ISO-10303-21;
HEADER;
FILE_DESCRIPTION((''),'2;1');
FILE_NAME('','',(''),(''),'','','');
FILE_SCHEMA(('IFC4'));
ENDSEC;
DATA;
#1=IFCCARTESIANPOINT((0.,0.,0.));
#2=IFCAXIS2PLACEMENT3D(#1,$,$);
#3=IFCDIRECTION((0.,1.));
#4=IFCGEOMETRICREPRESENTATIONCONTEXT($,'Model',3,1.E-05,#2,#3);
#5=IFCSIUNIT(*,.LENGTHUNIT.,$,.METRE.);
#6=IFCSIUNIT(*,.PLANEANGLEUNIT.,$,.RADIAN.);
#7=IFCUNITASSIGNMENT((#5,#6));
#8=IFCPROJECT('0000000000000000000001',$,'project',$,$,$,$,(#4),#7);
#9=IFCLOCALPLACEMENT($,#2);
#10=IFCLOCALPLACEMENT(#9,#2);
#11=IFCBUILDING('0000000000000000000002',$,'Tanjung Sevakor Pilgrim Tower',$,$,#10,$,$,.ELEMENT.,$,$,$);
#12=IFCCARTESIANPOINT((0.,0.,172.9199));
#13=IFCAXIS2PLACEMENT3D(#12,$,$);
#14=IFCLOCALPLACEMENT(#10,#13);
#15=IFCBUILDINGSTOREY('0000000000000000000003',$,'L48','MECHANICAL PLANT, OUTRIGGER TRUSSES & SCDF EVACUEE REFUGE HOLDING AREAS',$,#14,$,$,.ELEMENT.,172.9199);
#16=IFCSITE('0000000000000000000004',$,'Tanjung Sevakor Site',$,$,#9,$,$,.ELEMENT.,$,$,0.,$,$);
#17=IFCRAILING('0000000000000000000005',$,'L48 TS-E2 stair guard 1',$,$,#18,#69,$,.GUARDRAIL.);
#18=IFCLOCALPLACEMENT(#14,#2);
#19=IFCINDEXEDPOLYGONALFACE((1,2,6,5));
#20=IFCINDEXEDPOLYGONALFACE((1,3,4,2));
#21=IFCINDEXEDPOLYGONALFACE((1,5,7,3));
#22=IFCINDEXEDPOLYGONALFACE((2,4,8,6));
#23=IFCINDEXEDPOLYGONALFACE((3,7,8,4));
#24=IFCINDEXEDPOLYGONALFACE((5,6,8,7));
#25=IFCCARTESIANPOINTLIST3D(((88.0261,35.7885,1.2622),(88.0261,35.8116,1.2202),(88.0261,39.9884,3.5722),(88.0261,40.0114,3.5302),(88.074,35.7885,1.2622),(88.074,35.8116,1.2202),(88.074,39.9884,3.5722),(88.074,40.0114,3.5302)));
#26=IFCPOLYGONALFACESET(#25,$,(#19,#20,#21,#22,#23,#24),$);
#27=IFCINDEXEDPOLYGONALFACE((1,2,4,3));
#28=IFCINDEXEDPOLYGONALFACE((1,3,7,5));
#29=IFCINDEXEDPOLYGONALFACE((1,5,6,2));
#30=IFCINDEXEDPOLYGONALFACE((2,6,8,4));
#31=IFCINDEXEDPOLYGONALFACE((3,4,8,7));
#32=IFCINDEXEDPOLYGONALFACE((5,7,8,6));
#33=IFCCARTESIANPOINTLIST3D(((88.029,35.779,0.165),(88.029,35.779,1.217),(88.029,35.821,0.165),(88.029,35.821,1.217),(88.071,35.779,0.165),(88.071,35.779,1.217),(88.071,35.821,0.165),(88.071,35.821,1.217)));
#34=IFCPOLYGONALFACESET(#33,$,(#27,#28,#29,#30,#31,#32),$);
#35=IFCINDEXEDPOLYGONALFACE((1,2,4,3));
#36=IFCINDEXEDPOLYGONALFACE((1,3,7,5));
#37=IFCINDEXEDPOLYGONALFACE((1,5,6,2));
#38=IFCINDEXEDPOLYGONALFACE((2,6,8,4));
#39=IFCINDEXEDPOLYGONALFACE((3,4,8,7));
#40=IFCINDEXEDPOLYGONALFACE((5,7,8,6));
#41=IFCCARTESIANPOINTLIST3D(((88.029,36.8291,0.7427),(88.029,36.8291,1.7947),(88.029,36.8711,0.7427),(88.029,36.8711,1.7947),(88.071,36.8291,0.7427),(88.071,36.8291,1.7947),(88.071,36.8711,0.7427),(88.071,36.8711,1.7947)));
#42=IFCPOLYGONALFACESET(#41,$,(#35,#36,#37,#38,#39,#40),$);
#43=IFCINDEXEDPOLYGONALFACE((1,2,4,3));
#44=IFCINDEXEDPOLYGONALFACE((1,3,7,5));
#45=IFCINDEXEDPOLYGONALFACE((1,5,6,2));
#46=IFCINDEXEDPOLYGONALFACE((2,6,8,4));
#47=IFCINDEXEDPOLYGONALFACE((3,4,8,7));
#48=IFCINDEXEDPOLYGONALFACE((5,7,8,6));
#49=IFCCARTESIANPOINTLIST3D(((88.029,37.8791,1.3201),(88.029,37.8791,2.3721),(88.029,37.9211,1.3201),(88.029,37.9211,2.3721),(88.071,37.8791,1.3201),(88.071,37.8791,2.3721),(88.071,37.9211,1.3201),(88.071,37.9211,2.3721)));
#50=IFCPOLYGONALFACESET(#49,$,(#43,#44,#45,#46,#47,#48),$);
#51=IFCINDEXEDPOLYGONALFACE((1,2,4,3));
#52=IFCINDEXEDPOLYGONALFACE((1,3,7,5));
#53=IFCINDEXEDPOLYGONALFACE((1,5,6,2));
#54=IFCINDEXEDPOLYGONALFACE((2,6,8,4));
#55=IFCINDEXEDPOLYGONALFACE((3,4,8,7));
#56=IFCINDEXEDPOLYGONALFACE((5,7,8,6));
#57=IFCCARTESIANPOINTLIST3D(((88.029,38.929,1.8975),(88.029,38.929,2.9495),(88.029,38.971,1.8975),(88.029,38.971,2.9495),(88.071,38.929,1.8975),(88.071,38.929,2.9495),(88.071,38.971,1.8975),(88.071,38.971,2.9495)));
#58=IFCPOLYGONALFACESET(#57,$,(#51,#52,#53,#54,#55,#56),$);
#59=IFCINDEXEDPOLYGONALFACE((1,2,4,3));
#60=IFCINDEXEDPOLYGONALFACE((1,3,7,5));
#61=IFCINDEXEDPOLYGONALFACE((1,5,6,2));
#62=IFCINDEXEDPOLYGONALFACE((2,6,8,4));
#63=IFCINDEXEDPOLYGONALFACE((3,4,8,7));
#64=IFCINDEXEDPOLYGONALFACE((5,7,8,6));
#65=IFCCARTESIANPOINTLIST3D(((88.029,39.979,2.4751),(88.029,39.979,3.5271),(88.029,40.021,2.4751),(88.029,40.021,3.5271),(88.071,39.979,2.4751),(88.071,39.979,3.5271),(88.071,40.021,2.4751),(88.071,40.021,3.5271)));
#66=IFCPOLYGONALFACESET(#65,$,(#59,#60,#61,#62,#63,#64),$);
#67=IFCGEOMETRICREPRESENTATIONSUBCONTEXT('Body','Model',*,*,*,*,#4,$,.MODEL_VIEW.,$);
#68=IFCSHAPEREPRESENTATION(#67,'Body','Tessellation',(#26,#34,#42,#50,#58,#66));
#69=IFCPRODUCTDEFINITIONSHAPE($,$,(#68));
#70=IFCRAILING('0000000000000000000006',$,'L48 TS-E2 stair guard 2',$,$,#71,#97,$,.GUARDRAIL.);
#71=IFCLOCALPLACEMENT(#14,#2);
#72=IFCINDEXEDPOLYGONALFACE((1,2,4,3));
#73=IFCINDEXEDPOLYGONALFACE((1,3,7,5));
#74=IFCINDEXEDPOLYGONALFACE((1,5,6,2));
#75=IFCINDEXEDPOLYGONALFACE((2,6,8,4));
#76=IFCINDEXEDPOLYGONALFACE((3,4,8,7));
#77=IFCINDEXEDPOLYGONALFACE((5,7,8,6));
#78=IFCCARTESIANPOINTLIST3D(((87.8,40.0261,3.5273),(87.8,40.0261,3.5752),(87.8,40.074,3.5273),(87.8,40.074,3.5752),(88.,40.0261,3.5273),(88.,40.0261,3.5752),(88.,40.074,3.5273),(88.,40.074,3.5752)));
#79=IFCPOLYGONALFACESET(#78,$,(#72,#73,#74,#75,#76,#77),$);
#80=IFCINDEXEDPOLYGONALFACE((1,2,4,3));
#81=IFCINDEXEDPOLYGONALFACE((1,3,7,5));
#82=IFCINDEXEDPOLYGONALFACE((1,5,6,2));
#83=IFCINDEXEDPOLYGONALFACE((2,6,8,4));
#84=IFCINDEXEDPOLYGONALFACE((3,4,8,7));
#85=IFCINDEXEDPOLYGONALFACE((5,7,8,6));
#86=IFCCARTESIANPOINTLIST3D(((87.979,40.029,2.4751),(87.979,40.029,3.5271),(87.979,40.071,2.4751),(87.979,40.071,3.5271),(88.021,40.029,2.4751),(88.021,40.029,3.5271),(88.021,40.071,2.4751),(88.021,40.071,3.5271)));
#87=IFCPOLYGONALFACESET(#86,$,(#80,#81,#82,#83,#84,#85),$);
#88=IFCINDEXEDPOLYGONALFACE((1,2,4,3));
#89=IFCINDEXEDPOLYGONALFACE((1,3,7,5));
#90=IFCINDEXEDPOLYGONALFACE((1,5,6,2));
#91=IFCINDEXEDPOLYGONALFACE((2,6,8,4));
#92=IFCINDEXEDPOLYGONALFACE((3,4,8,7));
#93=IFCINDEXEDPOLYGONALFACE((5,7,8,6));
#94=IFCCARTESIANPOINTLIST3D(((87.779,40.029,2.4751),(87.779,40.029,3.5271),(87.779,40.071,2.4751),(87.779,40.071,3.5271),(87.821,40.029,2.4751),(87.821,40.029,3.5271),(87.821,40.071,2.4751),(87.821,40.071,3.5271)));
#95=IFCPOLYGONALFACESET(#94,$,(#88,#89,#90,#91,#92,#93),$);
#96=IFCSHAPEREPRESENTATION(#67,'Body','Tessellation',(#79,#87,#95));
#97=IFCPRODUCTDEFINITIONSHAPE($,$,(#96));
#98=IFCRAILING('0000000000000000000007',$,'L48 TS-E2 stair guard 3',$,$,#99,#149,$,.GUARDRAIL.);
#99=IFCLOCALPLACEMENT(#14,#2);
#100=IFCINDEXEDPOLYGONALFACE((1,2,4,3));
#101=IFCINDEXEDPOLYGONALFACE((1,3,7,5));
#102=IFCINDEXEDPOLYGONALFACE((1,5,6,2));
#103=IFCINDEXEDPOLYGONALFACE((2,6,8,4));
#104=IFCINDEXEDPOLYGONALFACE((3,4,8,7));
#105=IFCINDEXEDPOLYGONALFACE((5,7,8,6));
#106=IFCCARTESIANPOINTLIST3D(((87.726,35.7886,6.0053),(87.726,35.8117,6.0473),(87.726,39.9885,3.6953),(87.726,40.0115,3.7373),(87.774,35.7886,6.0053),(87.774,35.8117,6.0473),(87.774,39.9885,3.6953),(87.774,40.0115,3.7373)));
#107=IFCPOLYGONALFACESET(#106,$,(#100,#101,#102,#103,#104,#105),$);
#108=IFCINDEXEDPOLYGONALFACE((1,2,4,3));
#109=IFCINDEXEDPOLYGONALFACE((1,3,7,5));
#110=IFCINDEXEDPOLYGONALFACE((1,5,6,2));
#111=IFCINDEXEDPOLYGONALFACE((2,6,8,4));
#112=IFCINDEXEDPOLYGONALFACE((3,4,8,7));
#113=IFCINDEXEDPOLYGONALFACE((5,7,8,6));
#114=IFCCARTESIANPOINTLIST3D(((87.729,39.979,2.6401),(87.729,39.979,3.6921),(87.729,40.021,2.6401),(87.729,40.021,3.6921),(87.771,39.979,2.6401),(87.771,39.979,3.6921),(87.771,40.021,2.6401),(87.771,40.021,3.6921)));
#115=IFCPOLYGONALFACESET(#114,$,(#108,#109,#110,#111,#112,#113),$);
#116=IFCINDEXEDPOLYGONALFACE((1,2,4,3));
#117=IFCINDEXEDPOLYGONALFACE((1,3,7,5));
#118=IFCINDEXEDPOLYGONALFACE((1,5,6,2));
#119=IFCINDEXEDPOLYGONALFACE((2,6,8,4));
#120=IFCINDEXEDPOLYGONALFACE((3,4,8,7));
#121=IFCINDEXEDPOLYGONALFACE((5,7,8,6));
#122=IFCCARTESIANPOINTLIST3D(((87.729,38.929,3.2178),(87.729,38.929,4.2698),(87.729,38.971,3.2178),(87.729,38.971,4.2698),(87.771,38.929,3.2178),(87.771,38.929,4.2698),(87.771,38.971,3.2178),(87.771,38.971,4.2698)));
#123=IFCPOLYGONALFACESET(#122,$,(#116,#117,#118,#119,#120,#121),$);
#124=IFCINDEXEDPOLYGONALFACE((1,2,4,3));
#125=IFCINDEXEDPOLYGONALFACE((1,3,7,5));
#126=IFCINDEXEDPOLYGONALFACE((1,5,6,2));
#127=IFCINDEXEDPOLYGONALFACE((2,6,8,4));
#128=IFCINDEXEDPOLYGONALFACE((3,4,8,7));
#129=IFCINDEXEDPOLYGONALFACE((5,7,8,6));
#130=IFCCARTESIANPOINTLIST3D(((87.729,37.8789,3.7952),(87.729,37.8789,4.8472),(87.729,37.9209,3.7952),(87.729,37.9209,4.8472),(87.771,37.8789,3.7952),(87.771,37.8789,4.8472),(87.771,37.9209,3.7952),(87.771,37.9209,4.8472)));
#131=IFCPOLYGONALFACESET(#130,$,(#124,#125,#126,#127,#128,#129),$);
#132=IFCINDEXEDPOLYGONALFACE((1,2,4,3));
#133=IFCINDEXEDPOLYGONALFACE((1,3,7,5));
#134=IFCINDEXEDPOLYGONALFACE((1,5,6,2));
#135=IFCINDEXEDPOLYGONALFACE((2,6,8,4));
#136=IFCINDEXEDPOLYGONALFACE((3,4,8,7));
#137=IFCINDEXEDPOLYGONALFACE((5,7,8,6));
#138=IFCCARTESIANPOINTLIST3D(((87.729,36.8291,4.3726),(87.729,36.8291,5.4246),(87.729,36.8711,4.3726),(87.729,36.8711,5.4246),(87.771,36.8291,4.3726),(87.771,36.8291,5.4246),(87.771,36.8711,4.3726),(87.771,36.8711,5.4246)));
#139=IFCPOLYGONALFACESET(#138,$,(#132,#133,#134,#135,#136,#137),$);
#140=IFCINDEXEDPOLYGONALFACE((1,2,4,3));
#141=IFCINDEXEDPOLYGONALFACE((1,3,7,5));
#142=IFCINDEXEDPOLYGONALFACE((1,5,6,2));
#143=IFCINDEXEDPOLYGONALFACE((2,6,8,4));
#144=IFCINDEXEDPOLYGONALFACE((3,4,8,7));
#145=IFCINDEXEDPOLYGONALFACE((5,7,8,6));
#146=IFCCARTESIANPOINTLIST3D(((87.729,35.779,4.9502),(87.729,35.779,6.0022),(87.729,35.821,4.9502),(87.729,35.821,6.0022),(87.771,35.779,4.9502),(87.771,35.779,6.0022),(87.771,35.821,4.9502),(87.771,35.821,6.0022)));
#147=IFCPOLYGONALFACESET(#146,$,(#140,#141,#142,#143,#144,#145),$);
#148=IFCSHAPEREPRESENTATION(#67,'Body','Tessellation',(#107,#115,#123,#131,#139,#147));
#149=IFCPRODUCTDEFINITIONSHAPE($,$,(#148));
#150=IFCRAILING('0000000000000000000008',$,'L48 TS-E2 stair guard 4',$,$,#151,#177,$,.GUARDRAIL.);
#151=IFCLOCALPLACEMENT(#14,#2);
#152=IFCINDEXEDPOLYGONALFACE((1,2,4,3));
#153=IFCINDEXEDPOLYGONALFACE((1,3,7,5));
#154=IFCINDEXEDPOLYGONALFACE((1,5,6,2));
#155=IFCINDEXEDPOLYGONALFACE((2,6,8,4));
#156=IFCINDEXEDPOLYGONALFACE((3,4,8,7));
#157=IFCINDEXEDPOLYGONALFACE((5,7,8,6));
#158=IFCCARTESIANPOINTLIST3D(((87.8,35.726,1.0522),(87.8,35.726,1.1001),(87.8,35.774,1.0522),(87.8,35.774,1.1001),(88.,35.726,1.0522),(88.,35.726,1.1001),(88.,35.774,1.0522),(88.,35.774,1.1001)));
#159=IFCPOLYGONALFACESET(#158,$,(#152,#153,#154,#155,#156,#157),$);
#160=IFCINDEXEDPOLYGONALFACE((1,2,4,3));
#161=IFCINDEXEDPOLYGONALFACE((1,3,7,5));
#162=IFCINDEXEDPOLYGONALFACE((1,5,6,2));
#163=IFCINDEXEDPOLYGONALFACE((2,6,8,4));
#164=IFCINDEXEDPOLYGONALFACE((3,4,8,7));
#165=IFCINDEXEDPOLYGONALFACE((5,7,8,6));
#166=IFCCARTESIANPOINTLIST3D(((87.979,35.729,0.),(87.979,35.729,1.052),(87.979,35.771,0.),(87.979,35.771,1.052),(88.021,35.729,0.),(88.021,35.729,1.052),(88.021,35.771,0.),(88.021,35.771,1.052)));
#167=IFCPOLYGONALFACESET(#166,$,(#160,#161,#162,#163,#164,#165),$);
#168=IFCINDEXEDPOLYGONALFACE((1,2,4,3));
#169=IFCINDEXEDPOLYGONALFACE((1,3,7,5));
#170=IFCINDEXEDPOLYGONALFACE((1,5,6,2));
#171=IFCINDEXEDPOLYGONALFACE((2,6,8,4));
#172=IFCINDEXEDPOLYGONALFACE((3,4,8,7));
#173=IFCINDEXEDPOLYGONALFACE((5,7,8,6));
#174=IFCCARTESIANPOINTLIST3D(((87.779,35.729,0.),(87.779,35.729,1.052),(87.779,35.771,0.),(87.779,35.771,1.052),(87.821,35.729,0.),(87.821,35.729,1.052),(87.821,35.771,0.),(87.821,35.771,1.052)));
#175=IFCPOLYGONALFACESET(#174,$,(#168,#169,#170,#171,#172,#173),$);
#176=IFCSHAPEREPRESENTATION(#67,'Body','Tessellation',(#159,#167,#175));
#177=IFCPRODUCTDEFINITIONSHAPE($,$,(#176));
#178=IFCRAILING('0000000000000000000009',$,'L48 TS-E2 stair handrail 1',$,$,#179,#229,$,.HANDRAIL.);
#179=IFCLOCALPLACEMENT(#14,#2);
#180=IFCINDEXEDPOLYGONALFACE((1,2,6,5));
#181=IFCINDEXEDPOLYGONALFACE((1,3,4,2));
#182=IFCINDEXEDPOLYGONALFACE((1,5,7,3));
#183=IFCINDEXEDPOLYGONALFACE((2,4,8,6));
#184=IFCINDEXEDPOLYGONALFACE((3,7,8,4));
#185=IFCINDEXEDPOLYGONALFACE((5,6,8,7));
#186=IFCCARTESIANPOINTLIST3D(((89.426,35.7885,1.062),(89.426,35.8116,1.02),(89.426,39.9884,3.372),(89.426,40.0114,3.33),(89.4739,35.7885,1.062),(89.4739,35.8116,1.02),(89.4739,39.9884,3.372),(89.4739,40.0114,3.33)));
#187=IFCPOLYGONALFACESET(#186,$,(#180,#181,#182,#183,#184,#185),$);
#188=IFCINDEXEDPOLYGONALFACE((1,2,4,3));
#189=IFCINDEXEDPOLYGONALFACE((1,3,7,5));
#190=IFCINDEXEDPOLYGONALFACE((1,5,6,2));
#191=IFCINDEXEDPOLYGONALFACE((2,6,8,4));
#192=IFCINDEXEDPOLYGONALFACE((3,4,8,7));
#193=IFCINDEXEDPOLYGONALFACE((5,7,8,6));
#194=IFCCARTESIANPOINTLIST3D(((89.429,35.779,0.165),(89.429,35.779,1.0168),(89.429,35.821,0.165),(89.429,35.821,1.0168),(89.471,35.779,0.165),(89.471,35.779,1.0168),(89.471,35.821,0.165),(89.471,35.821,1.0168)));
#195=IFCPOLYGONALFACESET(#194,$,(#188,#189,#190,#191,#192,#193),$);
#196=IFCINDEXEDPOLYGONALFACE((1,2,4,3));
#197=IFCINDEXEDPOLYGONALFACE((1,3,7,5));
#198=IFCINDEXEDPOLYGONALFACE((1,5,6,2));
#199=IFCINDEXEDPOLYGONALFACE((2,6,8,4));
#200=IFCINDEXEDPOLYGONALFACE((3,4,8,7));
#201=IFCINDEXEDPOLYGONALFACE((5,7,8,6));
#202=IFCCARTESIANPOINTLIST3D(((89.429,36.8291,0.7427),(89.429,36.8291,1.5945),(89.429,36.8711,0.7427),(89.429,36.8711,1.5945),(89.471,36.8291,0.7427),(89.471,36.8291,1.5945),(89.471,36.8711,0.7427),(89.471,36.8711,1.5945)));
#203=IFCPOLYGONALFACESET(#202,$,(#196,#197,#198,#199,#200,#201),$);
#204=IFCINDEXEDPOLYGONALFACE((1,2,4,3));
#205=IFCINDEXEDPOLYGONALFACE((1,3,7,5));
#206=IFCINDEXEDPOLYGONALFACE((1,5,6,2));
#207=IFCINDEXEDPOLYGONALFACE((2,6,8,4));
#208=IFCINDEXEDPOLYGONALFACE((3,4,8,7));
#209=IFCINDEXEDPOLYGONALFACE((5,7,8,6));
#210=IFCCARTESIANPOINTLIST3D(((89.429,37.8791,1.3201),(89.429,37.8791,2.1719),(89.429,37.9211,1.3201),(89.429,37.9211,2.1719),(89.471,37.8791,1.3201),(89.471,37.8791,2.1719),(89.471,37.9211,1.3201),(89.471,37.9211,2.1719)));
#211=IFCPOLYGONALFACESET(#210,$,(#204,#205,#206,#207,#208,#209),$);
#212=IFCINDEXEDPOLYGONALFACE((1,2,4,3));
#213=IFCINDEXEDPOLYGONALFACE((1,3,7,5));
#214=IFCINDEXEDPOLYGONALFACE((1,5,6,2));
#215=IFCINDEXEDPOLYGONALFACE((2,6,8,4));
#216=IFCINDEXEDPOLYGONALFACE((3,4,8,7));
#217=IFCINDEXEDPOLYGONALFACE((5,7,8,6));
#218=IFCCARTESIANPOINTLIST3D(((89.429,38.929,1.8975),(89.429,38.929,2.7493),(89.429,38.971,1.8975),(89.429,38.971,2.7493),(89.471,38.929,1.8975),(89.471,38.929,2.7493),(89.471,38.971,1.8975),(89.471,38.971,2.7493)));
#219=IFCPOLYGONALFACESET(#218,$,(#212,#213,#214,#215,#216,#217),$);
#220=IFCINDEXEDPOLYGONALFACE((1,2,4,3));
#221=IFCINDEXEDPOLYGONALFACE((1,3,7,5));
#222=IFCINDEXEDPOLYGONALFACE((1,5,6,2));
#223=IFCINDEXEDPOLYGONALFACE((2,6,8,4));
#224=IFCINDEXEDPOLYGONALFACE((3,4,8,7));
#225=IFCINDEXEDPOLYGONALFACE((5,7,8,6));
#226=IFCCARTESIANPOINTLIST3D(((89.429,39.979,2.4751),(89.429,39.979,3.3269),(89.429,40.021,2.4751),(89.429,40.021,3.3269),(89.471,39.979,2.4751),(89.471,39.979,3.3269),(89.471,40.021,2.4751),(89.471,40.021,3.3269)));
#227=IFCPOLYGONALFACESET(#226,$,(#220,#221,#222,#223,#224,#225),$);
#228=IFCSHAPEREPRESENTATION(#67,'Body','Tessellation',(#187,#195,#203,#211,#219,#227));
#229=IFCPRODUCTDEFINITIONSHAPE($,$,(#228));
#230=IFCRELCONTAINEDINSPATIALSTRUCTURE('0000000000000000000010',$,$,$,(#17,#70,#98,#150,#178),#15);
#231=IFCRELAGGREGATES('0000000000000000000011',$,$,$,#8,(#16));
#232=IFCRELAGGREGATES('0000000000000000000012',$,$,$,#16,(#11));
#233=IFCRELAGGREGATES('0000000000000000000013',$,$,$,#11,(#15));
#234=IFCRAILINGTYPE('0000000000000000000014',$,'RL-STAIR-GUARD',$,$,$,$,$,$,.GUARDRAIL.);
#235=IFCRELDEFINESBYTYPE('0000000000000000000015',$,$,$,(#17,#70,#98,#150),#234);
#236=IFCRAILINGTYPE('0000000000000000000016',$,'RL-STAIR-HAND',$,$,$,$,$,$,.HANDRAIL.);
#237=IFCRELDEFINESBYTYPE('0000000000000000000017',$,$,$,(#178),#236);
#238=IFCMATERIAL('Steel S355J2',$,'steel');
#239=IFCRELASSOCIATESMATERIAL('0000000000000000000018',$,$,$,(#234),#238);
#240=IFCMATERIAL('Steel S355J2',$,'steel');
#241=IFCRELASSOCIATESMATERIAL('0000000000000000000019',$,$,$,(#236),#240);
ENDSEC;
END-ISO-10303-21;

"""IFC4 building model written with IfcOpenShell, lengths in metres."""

from ifc_helpers import new_model, si_unit, direction, frame, origin, place, context, subcontext, project, spatial, rectangle, extrude, material, type_object, element, save


model = new_model("IFC4")

# Units and contexts
model_context = context("Model", 3, precision=1e-05, world=origin(), true_north=direction((0.0, 1.0)))
body_context = subcontext(model_context, "Body", "Model", "MODEL_VIEW")
ifc_project = project(units=[si_unit("LENGTHUNIT", "METRE"), si_unit("PLANEANGLEUNIT", "RADIAN")], contexts=[model_context])

# Site, building, storey
site_placement = place(None, origin())
site = spatial("IfcSite", under=ifc_project, at=site_placement, Name="Tanjung Sevakor Site", CompositionType="ELEMENT", RefElevation=0.0)
building_placement = place(site_placement, origin())
building = spatial("IfcBuilding", under=site, at=building_placement, Name="Tanjung Sevakor Pilgrim Tower", CompositionType="ELEMENT")
storey_placement = place(building_placement, frame((0.0, 0.0, 172.9199)))
storey = spatial("IfcBuildingStorey", under=building, at=storey_placement, Name="L48", Description="MECHANICAL PLANT, OUTRIGGER TRUSSES & SCDF EVACUEE REFUGE HOLDING AREAS", CompositionType="ELEMENT", Elevation=172.9199)

# Railings
ifc_material_1 = material(Name="Steel S355J2", Category="steel")
railing_type_1 = type_object("IfcRailingType", Name="RL-STAIR-GUARD", PredefinedType="GUARDRAIL", material=ifc_material_1)
railing_1_placement = place(storey_placement, frame((88.05, 35.8, 0.165)))
element("IfcRailing", 1, at=railing_1_placement, inside=storey, type_object=railing_type_1, Name="L48 TS-E2 stair guard 1", PredefinedType="GUARDRAIL", context=body_context, shape_type="SweptSolid", body=[
    extrude(rectangle(XDim=0.0479, YDim=0.0479), frame((0.0, 0.0, 1.0762), z_axis=(0.0, 0.876208, 0.481932), x_axis=(-1.0, 0.0, 0.0)), (0.0, 0.0, 1.0), 4.7932),
    extrude(rectangle(XDim=0.042, YDim=0.042), origin(), (0.0, 0.0, 1.0), 1.052),
    extrude(rectangle(XDim=0.042, YDim=0.042), frame((0.0, 1.05, 0.5776)), (0.0, 0.0, 1.0), 1.052),
    extrude(rectangle(XDim=0.042, YDim=0.042), frame((0.0, 2.1001, 1.155)), (0.0, 0.0, 1.0), 1.052),
    extrude(rectangle(XDim=0.042, YDim=0.042), frame((0.0, 3.1499, 1.7324)), (0.0, 0.0, 1.0), 1.052),
    extrude(rectangle(XDim=0.042, YDim=0.042), frame((0.0, 4.2, 2.3101)), (0.0, 0.0, 1.0), 1.052),
])
railing_2_placement = place(storey_placement, frame((88.0, 40.05, 2.4751)))
element("IfcRailing", 2, at=railing_2_placement, inside=storey, type_object=railing_type_1, Name="L48 TS-E2 stair guard 2", PredefinedType="GUARDRAIL", context=body_context, shape_type="SweptSolid", body=[
    extrude(rectangle(XDim=0.0479, YDim=0.0479), frame((0.0, 0.0, 1.0762), z_axis=(-1.0, 0.0, 0.0), x_axis=(0.0, -1.0, 0.0)), (0.0, 0.0, 1.0), 0.2),
    extrude(rectangle(XDim=0.042, YDim=0.042), origin(), (0.0, 0.0, 1.0), 1.052),
    extrude(rectangle(XDim=0.042, YDim=0.042), frame((-0.2, 0.0, 0.0)), (0.0, 0.0, 1.0), 1.052),
])
railing_3_placement = place(storey_placement, frame((87.75, 40.0, 2.6401)))
element("IfcRailing", 3, at=railing_3_placement, inside=storey, type_object=railing_type_1, Name="L48 TS-E2 stair guard 3", PredefinedType="GUARDRAIL", context=body_context, shape_type="SweptSolid", body=[
    extrude(rectangle(XDim=0.0479, YDim=0.0479), frame((0.0, 0.0, 1.0762), z_axis=(0.0, -0.876208, 0.481932), x_axis=(1.0, 0.0, 0.0)), (0.0, 0.0, 1.0), 4.7932),
    extrude(rectangle(XDim=0.042, YDim=0.042), origin(), (0.0, 0.0, 1.0), 1.052),
    extrude(rectangle(XDim=0.042, YDim=0.042), frame((0.0, -1.05, 0.5776)), (0.0, 0.0, 1.0), 1.052),
    extrude(rectangle(XDim=0.042, YDim=0.042), frame((0.0, -2.1001, 1.155)), (0.0, 0.0, 1.0), 1.052),
    extrude(rectangle(XDim=0.042, YDim=0.042), frame((0.0, -3.1499, 1.7324)), (0.0, 0.0, 1.0), 1.052),
    extrude(rectangle(XDim=0.042, YDim=0.042), frame((0.0, -4.2, 2.3101)), (0.0, 0.0, 1.0), 1.052),
])
railing_4_placement = place(storey_placement, frame((88.0, 35.75, 0.0)))
element("IfcRailing", 4, at=railing_4_placement, inside=storey, type_object=railing_type_1, Name="L48 TS-E2 stair guard 4", PredefinedType="GUARDRAIL", context=body_context, shape_type="SweptSolid", body=[
    extrude(rectangle(XDim=0.0479, YDim=0.0479), frame((0.0, 0.0, 1.0762), z_axis=(-1.0, 0.0, 0.0), x_axis=(0.0, -1.0, 0.0)), (0.0, 0.0, 1.0), 0.2),
    extrude(rectangle(XDim=0.042, YDim=0.042), origin(), (0.0, 0.0, 1.0), 1.052),
    extrude(rectangle(XDim=0.042, YDim=0.042), frame((-0.2, 0.0, 0.0)), (0.0, 0.0, 1.0), 1.052),
])
ifc_material_2 = material(Name="Steel S355J2", Category="steel")
railing_type_2 = type_object("IfcRailingType", Name="RL-STAIR-HAND", PredefinedType="HANDRAIL", material=ifc_material_2)
railing_5_placement = place(storey_placement, frame((89.45, 35.8, 0.165)))
element("IfcRailing", 5, at=railing_5_placement, inside=storey, type_object=railing_type_2, Name="L48 TS-E2 stair handrail 1", PredefinedType="HANDRAIL", context=body_context, shape_type="SweptSolid", body=[
    extrude(rectangle(XDim=0.0479, YDim=0.0479), frame((0.0, 0.0, 0.876), z_axis=(0.0, 0.876208, 0.481932), x_axis=(-1.0, 0.0, 0.0)), (0.0, 0.0, 1.0), 4.7932),
    extrude(rectangle(XDim=0.042, YDim=0.042), origin(), (0.0, 0.0, 1.0), 0.8518),
    extrude(rectangle(XDim=0.042, YDim=0.042), frame((0.0, 1.05, 0.5776)), (0.0, 0.0, 1.0), 0.8518),
    extrude(rectangle(XDim=0.042, YDim=0.042), frame((0.0, 2.1001, 1.155)), (0.0, 0.0, 1.0), 0.8518),
    extrude(rectangle(XDim=0.042, YDim=0.042), frame((0.0, 3.1499, 1.7324)), (0.0, 0.0, 1.0), 0.8518),
    extrude(rectangle(XDim=0.042, YDim=0.042), frame((0.0, 4.2, 2.3101)), (0.0, 0.0, 1.0), 0.8518),
])

save(model, "model.ifc")
